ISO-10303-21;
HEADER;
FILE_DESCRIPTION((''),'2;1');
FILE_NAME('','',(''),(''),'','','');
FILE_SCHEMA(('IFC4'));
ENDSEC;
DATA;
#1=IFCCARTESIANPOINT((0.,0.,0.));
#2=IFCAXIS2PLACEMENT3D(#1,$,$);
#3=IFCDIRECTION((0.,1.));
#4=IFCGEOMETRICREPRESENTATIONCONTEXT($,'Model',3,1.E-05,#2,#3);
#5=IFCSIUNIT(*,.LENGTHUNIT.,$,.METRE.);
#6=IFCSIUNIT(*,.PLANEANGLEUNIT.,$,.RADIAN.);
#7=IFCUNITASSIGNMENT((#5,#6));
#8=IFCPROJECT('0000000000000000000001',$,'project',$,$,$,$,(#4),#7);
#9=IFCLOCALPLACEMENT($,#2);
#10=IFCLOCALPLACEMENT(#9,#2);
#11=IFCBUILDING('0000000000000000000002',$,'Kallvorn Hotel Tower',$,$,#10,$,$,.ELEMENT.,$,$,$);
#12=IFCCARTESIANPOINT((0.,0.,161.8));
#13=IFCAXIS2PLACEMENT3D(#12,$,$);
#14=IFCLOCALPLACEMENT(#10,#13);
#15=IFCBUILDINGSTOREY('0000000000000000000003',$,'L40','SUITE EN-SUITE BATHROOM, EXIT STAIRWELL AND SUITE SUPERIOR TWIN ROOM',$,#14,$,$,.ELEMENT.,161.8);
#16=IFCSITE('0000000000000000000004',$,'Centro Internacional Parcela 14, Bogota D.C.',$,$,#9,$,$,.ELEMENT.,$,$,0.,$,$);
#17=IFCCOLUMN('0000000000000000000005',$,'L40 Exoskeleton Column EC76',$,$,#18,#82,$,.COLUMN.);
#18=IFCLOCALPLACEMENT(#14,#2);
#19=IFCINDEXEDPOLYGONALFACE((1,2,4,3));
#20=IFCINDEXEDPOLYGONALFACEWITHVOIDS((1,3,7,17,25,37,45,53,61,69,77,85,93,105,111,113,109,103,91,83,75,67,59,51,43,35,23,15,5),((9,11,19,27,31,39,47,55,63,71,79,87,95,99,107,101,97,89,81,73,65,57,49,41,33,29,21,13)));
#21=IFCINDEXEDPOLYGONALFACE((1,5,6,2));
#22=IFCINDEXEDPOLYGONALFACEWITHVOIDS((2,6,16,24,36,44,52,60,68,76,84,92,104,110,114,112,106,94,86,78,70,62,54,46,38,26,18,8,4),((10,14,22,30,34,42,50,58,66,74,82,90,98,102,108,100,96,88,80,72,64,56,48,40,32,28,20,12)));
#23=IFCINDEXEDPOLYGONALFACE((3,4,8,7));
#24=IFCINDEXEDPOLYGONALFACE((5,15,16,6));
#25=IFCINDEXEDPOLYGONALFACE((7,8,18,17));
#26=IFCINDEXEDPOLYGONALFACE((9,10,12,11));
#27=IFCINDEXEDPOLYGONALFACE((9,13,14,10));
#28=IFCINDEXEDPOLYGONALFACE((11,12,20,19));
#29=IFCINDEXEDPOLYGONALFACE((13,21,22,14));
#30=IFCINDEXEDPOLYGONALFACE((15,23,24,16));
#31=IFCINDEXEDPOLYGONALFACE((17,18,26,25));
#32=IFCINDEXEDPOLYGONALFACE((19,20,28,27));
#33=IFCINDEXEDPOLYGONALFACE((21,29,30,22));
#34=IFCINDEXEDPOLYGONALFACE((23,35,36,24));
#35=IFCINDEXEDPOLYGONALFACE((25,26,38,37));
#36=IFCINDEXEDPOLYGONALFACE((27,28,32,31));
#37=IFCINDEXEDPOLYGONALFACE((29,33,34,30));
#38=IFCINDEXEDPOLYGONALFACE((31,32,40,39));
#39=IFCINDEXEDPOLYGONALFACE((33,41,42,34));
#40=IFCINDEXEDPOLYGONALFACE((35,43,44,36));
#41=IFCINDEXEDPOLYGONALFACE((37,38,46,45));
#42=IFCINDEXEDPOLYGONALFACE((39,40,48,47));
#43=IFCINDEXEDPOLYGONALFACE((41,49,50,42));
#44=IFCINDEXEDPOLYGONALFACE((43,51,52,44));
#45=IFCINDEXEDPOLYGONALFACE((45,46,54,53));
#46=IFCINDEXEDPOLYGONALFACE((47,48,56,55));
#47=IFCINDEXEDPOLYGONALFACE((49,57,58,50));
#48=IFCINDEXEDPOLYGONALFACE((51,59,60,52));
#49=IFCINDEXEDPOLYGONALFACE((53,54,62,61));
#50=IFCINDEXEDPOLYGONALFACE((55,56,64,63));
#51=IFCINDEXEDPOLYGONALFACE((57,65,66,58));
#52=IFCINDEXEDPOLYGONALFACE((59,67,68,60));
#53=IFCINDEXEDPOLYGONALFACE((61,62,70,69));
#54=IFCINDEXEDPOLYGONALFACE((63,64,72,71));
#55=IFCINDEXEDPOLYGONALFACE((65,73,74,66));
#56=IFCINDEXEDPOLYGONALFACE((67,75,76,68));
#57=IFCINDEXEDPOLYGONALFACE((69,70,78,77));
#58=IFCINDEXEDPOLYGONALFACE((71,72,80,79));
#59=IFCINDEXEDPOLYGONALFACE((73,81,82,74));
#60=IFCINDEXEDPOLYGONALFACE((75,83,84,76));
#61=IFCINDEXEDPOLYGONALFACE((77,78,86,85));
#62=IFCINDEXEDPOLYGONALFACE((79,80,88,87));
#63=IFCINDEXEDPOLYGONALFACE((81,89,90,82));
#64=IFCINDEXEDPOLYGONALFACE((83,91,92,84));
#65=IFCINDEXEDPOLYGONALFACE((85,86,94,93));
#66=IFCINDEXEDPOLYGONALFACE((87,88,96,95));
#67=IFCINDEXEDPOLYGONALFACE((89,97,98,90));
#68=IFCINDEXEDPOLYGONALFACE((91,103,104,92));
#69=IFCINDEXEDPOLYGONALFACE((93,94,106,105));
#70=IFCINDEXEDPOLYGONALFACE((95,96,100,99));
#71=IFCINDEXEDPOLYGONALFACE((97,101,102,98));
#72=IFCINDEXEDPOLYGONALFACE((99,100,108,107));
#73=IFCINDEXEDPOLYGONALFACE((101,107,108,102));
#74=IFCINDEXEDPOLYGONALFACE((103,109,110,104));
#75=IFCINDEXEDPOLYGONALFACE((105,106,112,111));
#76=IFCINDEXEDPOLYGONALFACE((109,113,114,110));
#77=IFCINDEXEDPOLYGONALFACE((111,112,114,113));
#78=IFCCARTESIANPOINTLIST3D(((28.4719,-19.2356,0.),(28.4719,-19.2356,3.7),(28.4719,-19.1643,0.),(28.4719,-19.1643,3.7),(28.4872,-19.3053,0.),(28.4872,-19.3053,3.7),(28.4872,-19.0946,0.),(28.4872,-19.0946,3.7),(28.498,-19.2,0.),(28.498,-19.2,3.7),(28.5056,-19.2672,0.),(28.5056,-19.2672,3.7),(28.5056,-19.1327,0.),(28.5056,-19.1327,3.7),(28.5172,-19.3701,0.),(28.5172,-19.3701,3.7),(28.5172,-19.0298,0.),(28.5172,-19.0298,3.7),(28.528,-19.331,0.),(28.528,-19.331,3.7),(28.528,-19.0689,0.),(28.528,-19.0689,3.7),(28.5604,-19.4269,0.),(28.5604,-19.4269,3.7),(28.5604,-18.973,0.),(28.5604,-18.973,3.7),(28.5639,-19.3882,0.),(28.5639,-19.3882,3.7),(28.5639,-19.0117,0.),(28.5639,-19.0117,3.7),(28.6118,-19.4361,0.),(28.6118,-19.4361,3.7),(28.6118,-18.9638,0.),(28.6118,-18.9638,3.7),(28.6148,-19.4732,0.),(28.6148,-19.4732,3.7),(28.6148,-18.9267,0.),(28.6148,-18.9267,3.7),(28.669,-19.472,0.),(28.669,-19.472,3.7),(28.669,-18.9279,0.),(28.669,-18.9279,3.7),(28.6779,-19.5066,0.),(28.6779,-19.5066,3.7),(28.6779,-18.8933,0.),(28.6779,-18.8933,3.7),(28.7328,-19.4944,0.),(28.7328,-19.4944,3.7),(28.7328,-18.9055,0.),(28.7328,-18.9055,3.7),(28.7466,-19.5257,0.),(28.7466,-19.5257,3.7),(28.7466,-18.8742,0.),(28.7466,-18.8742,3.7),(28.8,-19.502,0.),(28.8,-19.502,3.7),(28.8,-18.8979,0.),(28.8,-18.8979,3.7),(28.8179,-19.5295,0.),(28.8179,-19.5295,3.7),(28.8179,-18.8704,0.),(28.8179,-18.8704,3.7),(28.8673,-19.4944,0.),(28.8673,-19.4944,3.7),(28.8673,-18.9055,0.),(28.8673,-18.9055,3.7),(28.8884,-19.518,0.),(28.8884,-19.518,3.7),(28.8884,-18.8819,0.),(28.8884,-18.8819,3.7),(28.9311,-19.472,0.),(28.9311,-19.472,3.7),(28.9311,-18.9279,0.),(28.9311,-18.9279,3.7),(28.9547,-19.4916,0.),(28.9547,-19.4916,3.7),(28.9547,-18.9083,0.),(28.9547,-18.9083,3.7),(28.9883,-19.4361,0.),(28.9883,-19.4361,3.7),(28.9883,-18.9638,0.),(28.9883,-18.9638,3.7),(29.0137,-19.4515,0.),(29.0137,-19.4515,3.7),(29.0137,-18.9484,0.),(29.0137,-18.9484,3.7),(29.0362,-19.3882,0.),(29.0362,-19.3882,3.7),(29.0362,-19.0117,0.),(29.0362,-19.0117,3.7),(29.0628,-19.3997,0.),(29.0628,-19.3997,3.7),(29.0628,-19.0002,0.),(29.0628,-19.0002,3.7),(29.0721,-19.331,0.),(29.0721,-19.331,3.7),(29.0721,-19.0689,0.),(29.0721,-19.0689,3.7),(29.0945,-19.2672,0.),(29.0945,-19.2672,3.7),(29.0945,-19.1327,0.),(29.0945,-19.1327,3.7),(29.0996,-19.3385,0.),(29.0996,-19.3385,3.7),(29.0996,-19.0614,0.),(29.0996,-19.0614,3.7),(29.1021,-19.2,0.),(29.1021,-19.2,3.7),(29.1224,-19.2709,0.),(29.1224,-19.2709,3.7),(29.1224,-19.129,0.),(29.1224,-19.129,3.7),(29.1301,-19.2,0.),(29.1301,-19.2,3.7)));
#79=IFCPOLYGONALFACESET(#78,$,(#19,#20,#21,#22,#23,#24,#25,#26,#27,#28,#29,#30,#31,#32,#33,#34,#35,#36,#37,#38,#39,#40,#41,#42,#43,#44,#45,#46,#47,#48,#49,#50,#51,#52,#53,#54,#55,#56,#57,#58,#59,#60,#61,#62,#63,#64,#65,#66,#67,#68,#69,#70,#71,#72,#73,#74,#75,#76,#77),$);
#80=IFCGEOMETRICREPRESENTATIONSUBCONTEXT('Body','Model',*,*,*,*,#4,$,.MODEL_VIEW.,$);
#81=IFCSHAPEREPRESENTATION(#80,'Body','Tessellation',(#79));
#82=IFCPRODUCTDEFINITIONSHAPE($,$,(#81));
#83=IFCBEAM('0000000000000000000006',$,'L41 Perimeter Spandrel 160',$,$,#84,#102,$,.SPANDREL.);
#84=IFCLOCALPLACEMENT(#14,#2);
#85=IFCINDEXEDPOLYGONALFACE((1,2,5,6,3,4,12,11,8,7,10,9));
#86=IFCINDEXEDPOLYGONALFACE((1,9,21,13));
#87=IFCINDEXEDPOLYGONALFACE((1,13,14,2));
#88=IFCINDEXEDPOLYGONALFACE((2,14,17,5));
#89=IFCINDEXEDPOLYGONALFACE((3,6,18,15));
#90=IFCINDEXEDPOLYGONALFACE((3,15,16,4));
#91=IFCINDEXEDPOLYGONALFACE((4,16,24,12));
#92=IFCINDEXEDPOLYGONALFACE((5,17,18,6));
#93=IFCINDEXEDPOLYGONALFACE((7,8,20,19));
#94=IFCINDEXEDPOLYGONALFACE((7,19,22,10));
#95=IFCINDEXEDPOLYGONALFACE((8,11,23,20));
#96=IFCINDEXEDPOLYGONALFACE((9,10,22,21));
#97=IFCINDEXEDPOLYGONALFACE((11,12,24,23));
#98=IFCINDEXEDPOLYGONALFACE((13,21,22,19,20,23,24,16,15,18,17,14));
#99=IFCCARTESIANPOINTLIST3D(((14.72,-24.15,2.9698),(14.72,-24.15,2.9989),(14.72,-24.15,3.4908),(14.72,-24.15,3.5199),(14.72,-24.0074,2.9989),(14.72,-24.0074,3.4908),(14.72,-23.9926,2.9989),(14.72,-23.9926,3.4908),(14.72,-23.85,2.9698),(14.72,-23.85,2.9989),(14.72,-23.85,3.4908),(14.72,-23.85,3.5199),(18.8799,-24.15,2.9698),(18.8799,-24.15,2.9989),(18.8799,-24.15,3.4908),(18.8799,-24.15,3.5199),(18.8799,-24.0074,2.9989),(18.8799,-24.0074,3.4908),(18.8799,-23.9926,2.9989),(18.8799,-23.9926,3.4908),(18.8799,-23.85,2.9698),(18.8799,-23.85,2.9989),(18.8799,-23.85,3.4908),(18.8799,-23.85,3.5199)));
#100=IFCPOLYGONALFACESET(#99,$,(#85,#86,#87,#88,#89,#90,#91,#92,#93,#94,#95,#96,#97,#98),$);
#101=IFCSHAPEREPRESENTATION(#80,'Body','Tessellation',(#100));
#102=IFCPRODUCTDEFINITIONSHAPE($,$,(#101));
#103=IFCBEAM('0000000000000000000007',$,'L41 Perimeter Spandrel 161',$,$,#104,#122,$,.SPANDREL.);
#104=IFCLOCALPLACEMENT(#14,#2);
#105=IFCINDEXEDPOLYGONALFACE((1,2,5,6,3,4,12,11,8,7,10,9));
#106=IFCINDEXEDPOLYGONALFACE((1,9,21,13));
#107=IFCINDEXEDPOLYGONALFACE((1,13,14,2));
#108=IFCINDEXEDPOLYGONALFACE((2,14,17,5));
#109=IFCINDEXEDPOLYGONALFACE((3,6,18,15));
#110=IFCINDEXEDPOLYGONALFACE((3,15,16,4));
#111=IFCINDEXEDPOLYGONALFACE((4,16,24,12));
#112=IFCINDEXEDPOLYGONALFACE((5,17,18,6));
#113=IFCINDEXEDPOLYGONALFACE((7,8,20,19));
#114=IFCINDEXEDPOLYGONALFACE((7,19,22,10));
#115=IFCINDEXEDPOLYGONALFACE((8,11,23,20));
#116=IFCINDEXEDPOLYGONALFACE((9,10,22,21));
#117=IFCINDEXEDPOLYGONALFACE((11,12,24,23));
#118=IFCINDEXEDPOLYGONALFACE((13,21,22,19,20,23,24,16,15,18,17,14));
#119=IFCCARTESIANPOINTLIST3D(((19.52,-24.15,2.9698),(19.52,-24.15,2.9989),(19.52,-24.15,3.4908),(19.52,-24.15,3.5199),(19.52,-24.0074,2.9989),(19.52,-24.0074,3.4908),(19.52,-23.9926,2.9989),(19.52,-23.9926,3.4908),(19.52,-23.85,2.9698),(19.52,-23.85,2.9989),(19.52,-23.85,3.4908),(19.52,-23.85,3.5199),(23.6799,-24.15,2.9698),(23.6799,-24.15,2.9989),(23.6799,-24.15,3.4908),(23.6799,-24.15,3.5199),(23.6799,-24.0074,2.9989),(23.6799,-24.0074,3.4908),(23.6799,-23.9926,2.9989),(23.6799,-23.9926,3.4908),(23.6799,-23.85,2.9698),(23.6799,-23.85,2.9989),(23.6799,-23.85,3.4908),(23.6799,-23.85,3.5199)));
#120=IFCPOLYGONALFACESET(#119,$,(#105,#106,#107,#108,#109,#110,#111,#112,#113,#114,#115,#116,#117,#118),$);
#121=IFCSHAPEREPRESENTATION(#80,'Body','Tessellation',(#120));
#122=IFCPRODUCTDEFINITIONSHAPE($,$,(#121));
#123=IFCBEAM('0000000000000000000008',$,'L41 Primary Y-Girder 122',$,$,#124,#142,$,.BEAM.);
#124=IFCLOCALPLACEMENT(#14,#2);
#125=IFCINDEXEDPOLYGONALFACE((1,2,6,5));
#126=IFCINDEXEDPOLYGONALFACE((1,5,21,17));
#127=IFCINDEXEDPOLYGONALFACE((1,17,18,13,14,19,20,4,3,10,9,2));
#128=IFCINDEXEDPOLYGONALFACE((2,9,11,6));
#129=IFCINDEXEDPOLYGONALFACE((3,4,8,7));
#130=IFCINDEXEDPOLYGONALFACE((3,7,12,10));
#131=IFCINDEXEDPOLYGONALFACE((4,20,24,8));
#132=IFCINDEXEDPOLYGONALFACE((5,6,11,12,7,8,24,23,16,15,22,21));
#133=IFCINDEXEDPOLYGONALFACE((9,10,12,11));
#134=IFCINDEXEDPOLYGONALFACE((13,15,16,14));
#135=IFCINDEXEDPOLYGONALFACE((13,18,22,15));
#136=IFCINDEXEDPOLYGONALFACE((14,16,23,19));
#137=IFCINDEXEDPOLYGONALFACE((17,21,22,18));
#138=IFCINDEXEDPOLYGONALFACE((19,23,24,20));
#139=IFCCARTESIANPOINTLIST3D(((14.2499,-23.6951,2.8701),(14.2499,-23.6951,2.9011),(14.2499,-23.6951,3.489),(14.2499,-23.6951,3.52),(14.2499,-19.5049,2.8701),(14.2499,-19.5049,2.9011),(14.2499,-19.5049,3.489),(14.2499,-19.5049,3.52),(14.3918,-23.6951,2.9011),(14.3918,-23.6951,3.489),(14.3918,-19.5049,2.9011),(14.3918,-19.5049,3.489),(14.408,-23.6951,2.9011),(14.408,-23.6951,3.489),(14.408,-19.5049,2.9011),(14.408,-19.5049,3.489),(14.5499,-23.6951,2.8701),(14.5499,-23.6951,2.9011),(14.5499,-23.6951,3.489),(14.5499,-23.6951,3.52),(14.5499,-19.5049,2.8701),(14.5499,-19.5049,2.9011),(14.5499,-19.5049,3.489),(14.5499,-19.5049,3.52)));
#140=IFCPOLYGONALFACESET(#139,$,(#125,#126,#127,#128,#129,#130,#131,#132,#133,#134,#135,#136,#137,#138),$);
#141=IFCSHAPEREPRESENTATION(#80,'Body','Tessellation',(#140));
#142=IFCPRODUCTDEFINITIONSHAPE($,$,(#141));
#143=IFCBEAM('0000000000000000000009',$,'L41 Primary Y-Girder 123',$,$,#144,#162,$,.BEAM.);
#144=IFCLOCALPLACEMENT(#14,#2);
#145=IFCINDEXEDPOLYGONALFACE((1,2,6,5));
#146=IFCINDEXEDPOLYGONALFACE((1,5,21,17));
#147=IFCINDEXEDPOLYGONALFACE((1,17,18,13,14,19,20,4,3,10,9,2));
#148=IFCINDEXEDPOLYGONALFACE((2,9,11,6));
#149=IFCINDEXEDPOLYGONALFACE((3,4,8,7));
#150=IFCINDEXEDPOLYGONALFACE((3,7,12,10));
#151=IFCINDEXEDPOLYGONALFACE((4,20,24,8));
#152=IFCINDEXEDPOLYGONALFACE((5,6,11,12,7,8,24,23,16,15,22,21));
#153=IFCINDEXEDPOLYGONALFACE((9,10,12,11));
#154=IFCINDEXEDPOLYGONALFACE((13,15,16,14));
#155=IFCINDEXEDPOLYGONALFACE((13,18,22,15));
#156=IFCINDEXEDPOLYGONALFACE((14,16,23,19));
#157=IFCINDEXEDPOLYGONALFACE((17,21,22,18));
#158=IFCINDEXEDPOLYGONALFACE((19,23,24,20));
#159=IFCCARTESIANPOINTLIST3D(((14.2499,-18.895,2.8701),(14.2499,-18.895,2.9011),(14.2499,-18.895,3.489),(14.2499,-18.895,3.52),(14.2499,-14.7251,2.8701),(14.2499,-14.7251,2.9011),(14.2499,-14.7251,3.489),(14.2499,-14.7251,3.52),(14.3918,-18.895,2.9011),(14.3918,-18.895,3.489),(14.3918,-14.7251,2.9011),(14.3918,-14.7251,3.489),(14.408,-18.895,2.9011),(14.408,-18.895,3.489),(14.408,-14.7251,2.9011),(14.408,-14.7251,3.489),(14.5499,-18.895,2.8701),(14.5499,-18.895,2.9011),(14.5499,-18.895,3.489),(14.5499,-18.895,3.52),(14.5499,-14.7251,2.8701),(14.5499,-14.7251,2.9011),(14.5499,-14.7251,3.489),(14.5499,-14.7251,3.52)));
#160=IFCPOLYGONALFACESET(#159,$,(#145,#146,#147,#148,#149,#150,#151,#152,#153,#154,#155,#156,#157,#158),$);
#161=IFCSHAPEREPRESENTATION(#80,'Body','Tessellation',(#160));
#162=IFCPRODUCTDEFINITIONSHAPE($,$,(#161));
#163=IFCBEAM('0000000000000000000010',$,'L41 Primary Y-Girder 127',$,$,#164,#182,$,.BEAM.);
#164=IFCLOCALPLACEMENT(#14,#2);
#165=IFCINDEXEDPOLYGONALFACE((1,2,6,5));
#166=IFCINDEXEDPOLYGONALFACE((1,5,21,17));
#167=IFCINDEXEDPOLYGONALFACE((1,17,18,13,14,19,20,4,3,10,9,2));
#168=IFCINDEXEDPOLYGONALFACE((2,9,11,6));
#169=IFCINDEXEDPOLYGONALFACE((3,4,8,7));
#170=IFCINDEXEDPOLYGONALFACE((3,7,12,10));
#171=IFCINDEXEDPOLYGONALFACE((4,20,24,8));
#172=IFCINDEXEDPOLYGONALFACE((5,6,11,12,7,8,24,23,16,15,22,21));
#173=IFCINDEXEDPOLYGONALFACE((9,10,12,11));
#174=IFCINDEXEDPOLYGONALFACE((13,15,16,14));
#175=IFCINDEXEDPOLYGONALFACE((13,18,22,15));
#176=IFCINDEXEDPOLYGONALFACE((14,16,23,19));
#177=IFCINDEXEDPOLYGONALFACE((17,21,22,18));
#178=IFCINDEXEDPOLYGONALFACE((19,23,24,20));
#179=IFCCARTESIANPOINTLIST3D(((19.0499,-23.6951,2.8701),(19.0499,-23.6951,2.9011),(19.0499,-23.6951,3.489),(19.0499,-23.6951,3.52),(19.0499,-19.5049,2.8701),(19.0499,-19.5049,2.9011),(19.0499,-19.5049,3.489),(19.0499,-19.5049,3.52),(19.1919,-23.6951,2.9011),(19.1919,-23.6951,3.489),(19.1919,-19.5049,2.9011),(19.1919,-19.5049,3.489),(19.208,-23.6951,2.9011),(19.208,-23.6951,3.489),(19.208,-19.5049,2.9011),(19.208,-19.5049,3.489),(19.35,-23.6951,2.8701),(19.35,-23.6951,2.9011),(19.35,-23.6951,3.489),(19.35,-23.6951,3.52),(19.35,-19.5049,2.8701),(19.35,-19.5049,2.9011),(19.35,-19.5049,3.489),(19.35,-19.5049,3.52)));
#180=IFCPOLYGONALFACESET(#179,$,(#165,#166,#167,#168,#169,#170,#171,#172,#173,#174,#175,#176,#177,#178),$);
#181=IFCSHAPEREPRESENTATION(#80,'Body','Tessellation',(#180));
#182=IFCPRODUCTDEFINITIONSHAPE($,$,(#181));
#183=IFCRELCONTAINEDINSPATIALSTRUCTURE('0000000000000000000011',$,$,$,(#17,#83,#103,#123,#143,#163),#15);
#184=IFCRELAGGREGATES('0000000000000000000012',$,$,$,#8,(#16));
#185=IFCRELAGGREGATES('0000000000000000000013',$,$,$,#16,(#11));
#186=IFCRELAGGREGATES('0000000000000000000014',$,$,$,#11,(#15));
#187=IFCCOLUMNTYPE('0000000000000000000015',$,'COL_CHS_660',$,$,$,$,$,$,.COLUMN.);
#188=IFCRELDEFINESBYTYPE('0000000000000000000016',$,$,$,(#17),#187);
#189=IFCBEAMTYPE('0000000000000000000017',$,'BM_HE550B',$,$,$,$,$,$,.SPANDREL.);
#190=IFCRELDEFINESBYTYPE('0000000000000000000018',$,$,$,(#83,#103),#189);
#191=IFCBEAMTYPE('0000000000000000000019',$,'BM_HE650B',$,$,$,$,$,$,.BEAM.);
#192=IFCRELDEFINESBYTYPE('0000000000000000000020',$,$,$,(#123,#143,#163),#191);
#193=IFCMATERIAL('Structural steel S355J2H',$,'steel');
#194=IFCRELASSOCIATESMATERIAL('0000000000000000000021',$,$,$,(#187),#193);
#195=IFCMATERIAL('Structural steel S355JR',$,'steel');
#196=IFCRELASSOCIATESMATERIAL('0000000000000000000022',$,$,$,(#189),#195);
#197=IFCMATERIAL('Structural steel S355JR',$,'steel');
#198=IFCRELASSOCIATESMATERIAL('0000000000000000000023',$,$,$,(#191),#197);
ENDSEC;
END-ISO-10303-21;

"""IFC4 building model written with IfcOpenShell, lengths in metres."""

from ifc_helpers import new_model, si_unit, direction, frame, origin, origin_2d, place, context, subcontext, project, spatial, hollow_circle, i_section, extrude, material, material_profile, profile_set, type_object, element, save


model = new_model("IFC4")

# Units and contexts
model_context = context("Model", 3, precision=1e-05, world=origin(), true_north=direction((0.0, 1.0)))
body_context = subcontext(model_context, "Body", "Model", "MODEL_VIEW")
ifc_project = project(units=[si_unit("LENGTHUNIT", "METRE"), si_unit("PLANEANGLEUNIT", "RADIAN")], contexts=[model_context])

# Site, building, storey
site_placement = place(None, origin())
site = spatial("IfcSite", under=ifc_project, at=site_placement, Name="Centro Internacional Parcela 14, Bogota D.C.", CompositionType="ELEMENT", RefElevation=0.0)
building_placement = place(site_placement, origin())
building = spatial("IfcBuilding", under=site, at=building_placement, Name="Kallvorn Hotel Tower", CompositionType="ELEMENT")
storey_placement = place(building_placement, frame((0.0, 0.0, 161.8)))
storey = spatial("IfcBuildingStorey", under=building, at=storey_placement, Name="L40", Description="SUITE EN-SUITE BATHROOM, EXIT STAIRWELL AND SUITE SUPERIOR TWIN ROOM", CompositionType="ELEMENT", Elevation=161.8)

# Column
ifc_material_1 = material(Name="Structural steel S355J2H", Category="steel")
ifc_material_profile_1 = material_profile(ifc_material_1, hollow_circle(Radius=0.3301, WallThickness=0.0281, at=origin_2d()), Name="CHS 660x28")
ifc_profile_set_1 = profile_set([ifc_material_profile_1], Name="Structural steel S355J2H")
column_type = type_object("IfcColumnType", Name="COL_CHS_660", PredefinedType="COLUMN", material=ifc_profile_set_1)
for number, where, z_axis, x_axis, name in (
    (1, (28.8, -19.2, 0.0), (0.0, 0.0, 1.0), (1.0, 0.0, 0.0), "L40 Exoskeleton Column EC76"),
):
    element("IfcColumn", number, at=place(storey_placement, frame(where, z_axis=z_axis, x_axis=x_axis)), inside=storey, type_object=column_type, Name=name, PredefinedType="COLUMN", context=body_context, shape_type="SweptSolid", body=[
        extrude(hollow_circle(Radius=0.3301, WallThickness=0.0281, at=origin_2d()), origin(), (0.0, 0.0, 1.0), 3.7),
    ])

# Beams
ifc_material_2 = material(Name="Structural steel S355JR", Category="steel")
ifc_material_profile_2 = material_profile(ifc_material_2, i_section(OverallWidth=0.3, OverallDepth=0.55, WebThickness=0.0149, FlangeThickness=0.0291, at=origin_2d()), Name="HE 550 B")
ifc_profile_set_2 = profile_set([ifc_material_profile_2], Name="Structural steel S355JR")
beam_type_1 = type_object("IfcBeamType", Name="BM_HE550B", PredefinedType="SPANDREL", material=ifc_profile_set_2)
for number, where, z_axis, x_axis, name in (
    (2, (14.72, -24.0, 3.2449), (1.0, 0.0, 0.0), (0.0, 1.0, 0.0), "L41 Perimeter Spandrel 160"),
    (3, (19.52, -24.0, 3.2449), (1.0, 0.0, 0.0), (0.0, 1.0, 0.0), "L41 Perimeter Spandrel 161"),
):
    element("IfcBeam", number, at=place(storey_placement, frame(where, z_axis=z_axis, x_axis=x_axis)), inside=storey, type_object=beam_type_1, Name=name, PredefinedType="SPANDREL", context=body_context, shape_type="SweptSolid", body=[
        extrude(i_section(OverallWidth=0.3, OverallDepth=0.55, WebThickness=0.0149, FlangeThickness=0.0291, at=origin_2d()), origin(), (0.0, 0.0, 1.0), 4.1599),
    ])
ifc_material_3 = material(Name="Structural steel S355JR", Category="steel")
ifc_material_profile_3 = material_profile(ifc_material_3, i_section(OverallWidth=0.3, OverallDepth=0.6499, WebThickness=0.0161, FlangeThickness=0.031, at=origin_2d()), Name="HE 650 B")
ifc_profile_set_3 = profile_set([ifc_material_profile_3], Name="Structural steel S355JR")
beam_type_2 = type_object("IfcBeamType", Name="BM_HE650B", PredefinedType="BEAM", material=ifc_profile_set_3)
beam_1_placement = place(storey_placement, frame((14.3999, -23.6951, 3.1951), z_axis=(0.0, 1.0, 0.0), x_axis=(-1.0, 0.0, 0.0)))
element("IfcBeam", 4, at=beam_1_placement, inside=storey, type_object=beam_type_2, Name="L41 Primary Y-Girder 122", PredefinedType="BEAM", context=body_context, shape_type="SweptSolid", body=[
    extrude(i_section(OverallWidth=0.3, OverallDepth=0.6499, WebThickness=0.0161, FlangeThickness=0.031, at=origin_2d()), origin(), (0.0, 0.0, 1.0), 4.1902),
])
beam_2_placement = place(storey_placement, frame((14.3999, -18.895, 3.1951), z_axis=(0.0, 1.0, 0.0), x_axis=(-1.0, 0.0, 0.0)))
element("IfcBeam", 5, at=beam_2_placement, inside=storey, type_object=beam_type_2, Name="L41 Primary Y-Girder 123", PredefinedType="BEAM", context=body_context, shape_type="SweptSolid", body=[
    extrude(i_section(OverallWidth=0.3, OverallDepth=0.6499, WebThickness=0.0161, FlangeThickness=0.031, at=origin_2d()), origin(), (0.0, 0.0, 1.0), 4.1699),
])
beam_3_placement = place(storey_placement, frame((19.2, -23.6951, 3.1951), z_axis=(0.0, 1.0, 0.0), x_axis=(-1.0, 0.0, 0.0)))
element("IfcBeam", 6, at=beam_3_placement, inside=storey, type_object=beam_type_2, Name="L41 Primary Y-Girder 127", PredefinedType="BEAM", context=body_context, shape_type="SweptSolid", body=[
    extrude(i_section(OverallWidth=0.3, OverallDepth=0.6499, WebThickness=0.0161, FlangeThickness=0.031, at=origin_2d()), origin(), (0.0, 0.0, 1.0), 4.1902),
])

save(model, "model.ifc")
